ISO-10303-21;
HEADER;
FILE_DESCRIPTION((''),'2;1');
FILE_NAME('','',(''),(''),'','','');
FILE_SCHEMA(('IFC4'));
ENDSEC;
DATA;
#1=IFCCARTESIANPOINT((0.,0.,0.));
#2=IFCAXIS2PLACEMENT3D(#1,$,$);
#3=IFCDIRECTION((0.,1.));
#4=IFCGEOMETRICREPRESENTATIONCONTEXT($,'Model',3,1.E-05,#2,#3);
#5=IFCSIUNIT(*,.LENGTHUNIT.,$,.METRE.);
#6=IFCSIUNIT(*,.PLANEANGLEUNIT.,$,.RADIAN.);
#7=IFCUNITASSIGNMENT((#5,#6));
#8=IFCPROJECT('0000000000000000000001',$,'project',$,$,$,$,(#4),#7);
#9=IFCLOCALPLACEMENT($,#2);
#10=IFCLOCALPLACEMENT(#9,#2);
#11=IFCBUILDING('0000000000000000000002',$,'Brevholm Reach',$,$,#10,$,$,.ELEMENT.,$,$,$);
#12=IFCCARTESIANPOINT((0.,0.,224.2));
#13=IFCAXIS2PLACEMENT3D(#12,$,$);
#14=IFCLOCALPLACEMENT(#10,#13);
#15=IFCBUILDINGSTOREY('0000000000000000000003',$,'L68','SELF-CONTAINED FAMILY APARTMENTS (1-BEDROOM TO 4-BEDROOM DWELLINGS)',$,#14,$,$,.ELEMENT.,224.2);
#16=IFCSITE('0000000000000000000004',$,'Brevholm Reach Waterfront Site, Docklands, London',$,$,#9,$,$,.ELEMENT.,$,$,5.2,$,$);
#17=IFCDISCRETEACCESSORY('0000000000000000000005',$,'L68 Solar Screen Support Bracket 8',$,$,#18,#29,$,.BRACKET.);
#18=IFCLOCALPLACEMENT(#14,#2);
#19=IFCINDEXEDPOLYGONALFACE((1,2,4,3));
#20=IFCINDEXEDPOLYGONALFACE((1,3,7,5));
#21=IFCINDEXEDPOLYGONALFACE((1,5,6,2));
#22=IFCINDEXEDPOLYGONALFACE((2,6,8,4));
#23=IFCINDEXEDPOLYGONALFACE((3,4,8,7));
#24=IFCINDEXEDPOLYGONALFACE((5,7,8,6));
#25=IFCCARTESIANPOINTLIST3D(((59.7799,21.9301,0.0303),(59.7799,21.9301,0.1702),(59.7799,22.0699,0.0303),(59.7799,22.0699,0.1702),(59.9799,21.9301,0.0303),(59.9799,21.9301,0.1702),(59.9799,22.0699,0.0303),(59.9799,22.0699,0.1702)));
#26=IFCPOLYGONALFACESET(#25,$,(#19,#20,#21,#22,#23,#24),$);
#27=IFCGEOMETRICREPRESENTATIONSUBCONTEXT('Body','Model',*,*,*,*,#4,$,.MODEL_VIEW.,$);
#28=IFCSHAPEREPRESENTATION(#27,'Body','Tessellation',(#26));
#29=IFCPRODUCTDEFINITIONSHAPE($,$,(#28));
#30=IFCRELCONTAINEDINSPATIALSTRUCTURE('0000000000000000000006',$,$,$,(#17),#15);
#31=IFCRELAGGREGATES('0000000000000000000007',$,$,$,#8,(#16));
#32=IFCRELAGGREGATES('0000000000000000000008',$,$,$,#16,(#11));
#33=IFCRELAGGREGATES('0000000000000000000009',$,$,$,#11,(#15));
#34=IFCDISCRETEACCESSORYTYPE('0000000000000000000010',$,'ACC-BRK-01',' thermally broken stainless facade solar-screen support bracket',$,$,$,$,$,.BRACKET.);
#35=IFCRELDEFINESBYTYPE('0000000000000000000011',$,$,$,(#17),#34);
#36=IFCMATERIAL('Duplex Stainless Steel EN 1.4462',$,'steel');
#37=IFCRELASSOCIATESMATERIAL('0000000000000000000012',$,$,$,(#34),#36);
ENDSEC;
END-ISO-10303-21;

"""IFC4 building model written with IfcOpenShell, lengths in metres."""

from ifc_helpers import new_model, si_unit, direction, frame, origin, origin_2d, place, context, subcontext, project, spatial, rectangle, extrude, material, type_object, element, save


model = new_model("IFC4")

# Units and contexts
model_context = context("Model", 3, precision=1e-05, world=origin(), true_north=direction((0.0, 1.0)))
body_context = subcontext(model_context, "Body", "Model", "MODEL_VIEW")
ifc_project = project(units=[si_unit("LENGTHUNIT", "METRE"), si_unit("PLANEANGLEUNIT", "RADIAN")], contexts=[model_context])

# Site, building, storey
site_placement = place(None, origin())
site = spatial("IfcSite", under=ifc_project, at=site_placement, Name="Brevholm Reach Waterfront Site, Docklands, London", CompositionType="ELEMENT", RefElevation=5.2)
building_placement = place(site_placement, origin())
building = spatial("IfcBuilding", under=site, at=building_placement, Name="Brevholm Reach", CompositionType="ELEMENT")
storey_placement = place(building_placement, frame((0.0, 0.0, 224.2)))
storey = spatial("IfcBuildingStorey", under=building, at=storey_placement, Name="L68", Description="SELF-CONTAINED FAMILY APARTMENTS (1-BEDROOM TO 4-BEDROOM DWELLINGS)", CompositionType="ELEMENT", Elevation=224.2)

# Discrete accessory
ifc_material_1 = material(Name="Duplex Stainless Steel EN 1.4462", Category="steel")
discrete_accessory_type = type_object("IfcDiscreteAccessoryType", Name="ACC-BRK-01", Description=" thermally broken stainless facade solar-screen support bracket", PredefinedType="BRACKET", material=ifc_material_1)
for number, where, z_axis, x_axis, name in (
    (1, (59.8799, 22.0, 0.0303), (0.0, 0.0, 1.0), (1.0, 0.0, 0.0), "L68 Solar Screen Support Bracket 8"),
):
    element("IfcDiscreteAccessory", number, at=place(storey_placement, frame(where, z_axis=z_axis, x_axis=x_axis)), inside=storey, type_object=discrete_accessory_type, Name=name, PredefinedType="BRACKET", context=body_context, shape_type="SweptSolid", body=[
        extrude(rectangle(XDim=0.2, YDim=0.1399, at=origin_2d()), origin(), (0.0, 0.0, 1.0), 0.1399),
    ])

save(model, "model.ifc")
